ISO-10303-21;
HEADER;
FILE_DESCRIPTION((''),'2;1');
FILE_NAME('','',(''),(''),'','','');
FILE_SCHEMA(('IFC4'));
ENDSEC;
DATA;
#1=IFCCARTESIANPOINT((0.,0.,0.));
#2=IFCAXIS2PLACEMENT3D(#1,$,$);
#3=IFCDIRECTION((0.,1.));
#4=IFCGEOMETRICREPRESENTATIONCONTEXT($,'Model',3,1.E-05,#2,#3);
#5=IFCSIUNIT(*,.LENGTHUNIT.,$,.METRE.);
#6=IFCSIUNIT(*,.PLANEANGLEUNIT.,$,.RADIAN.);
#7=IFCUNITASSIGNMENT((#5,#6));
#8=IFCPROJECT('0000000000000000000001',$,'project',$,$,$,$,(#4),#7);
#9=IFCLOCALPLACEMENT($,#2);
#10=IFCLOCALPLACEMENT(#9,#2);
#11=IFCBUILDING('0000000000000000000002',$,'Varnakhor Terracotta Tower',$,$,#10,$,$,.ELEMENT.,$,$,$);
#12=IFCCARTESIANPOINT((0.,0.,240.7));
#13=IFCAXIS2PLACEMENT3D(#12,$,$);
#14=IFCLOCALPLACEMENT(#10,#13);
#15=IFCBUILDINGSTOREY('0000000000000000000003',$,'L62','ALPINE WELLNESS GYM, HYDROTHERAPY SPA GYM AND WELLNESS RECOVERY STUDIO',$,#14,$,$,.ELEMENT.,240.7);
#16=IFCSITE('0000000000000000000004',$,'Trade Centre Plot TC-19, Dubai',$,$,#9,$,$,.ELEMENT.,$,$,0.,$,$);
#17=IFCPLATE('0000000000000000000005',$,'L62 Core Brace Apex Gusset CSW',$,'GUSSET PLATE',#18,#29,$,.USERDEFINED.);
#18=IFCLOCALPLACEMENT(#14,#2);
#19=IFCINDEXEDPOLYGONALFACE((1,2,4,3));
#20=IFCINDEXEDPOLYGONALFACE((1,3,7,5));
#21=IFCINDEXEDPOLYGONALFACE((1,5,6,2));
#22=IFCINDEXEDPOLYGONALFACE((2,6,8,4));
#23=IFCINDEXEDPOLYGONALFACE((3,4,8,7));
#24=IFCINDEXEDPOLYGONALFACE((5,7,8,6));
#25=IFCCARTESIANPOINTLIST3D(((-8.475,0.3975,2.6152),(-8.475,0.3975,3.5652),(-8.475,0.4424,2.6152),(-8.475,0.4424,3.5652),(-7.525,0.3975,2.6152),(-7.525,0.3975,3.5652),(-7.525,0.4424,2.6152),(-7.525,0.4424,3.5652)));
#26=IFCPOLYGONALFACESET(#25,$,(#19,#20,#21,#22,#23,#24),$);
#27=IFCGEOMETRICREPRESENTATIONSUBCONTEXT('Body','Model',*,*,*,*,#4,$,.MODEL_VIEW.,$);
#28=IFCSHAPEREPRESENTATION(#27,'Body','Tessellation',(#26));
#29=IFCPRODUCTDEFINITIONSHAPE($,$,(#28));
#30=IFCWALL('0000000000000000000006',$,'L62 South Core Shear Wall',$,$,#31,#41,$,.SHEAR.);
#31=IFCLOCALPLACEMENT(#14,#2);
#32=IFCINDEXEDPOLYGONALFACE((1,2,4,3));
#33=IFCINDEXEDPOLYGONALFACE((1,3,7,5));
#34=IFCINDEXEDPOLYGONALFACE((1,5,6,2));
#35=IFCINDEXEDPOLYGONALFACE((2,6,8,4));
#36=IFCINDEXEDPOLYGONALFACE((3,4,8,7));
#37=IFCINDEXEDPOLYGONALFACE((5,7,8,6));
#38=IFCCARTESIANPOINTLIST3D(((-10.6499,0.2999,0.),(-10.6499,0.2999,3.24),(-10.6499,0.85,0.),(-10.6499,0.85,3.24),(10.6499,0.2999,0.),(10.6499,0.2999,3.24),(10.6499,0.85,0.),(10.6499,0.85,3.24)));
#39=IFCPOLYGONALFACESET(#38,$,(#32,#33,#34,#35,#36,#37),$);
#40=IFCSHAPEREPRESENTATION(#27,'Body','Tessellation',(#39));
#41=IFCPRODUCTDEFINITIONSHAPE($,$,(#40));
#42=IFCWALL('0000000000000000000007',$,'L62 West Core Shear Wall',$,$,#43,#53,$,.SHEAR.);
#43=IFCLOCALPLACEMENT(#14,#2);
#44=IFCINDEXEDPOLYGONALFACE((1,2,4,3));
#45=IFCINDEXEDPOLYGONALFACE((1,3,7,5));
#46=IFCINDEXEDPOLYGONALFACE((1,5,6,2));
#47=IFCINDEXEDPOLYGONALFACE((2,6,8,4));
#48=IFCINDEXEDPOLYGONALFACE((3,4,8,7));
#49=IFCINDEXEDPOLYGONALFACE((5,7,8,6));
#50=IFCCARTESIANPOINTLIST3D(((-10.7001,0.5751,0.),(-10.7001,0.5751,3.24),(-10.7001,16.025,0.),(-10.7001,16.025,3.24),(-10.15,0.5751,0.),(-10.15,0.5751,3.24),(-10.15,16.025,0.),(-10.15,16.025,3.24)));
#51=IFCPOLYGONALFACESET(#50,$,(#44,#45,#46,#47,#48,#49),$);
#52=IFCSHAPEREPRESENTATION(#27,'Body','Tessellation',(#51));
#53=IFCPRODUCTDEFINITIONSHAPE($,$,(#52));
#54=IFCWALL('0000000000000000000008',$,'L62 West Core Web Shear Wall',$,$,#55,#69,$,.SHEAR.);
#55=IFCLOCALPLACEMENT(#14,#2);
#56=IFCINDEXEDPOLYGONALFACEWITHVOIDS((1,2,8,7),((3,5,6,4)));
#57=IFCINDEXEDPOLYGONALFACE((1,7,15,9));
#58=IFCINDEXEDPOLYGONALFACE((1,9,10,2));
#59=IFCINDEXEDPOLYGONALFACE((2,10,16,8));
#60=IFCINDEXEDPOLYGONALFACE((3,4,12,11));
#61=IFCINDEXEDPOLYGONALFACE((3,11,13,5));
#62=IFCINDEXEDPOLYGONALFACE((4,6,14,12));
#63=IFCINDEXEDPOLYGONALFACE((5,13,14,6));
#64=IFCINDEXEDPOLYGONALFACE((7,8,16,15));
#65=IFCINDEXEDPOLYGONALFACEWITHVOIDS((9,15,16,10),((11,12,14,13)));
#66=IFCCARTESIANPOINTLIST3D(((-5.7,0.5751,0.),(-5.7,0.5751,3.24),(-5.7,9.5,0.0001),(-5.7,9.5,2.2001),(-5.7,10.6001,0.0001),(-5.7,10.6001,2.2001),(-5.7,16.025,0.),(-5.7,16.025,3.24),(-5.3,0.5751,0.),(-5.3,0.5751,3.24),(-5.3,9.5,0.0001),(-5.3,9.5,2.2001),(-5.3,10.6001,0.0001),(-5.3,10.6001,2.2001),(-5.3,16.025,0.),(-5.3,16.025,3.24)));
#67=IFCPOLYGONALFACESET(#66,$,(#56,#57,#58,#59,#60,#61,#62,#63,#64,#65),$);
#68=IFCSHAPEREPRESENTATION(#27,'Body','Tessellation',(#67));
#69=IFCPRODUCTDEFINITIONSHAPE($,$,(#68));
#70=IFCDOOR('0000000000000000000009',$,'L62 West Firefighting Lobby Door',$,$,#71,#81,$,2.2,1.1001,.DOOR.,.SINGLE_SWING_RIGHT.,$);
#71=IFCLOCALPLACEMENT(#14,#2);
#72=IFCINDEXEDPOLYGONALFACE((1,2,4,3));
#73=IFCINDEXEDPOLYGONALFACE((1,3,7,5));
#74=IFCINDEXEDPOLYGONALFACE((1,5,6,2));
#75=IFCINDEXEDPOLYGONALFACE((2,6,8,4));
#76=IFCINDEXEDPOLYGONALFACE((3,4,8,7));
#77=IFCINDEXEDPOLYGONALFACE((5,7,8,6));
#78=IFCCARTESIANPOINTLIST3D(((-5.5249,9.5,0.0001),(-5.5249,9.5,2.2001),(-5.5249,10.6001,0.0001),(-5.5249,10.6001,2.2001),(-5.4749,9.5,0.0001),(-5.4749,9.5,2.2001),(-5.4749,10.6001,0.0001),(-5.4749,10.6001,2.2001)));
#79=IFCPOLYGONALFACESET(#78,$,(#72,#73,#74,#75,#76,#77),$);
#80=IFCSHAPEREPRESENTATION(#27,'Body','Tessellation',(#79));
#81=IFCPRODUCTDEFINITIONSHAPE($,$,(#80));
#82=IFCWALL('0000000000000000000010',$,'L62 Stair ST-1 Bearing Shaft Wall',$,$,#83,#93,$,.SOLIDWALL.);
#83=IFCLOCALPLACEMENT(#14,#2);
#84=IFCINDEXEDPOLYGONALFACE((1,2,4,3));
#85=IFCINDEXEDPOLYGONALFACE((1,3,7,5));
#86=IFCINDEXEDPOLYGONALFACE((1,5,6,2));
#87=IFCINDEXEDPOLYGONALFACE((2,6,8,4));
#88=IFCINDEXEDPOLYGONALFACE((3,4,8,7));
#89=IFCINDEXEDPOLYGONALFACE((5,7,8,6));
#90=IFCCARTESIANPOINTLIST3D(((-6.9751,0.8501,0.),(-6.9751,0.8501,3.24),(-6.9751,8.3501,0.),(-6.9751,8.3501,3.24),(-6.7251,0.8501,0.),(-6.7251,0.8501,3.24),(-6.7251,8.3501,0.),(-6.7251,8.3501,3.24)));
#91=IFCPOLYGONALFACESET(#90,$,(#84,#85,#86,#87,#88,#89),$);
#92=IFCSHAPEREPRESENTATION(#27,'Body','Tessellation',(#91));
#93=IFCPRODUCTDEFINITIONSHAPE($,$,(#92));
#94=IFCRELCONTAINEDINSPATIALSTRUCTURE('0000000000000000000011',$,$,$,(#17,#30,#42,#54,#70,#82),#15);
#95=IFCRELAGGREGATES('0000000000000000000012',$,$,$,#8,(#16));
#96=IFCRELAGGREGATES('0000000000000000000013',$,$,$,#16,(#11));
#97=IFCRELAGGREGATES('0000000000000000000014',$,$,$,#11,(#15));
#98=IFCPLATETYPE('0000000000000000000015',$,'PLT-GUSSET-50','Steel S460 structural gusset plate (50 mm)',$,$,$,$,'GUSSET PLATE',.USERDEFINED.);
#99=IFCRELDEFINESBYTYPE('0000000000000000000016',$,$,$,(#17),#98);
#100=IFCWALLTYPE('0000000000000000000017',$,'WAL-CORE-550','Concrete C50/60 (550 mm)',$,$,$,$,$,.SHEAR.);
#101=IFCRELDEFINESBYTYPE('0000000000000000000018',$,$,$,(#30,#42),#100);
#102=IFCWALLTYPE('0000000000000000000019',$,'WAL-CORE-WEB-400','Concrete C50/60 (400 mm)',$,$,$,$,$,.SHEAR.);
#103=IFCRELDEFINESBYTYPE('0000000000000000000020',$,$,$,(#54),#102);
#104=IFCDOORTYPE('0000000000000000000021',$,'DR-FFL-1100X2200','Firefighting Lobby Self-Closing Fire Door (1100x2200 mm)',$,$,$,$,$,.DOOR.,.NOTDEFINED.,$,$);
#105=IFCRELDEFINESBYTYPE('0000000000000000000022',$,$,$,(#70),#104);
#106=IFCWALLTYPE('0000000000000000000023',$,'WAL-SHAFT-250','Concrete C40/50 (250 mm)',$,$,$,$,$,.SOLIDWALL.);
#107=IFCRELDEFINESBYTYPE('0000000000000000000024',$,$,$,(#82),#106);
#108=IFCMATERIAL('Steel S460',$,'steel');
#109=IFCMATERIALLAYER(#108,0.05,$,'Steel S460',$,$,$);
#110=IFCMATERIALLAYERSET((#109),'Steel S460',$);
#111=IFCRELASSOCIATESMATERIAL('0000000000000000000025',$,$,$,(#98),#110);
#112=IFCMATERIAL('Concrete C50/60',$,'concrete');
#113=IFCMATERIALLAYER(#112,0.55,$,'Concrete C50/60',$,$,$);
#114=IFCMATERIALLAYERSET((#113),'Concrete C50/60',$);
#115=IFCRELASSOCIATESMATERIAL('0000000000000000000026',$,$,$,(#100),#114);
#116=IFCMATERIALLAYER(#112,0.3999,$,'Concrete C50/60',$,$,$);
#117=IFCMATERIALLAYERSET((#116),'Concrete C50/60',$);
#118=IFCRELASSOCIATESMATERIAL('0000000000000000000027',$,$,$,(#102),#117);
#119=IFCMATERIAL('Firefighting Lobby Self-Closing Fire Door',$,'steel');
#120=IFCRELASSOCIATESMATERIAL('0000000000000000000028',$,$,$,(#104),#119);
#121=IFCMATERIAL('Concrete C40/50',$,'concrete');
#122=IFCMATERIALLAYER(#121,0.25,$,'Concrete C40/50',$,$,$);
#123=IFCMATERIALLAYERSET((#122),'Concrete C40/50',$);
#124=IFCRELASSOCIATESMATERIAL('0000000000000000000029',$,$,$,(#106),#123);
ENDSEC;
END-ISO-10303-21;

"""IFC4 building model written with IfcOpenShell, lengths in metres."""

from ifc_helpers import new_model, si_unit, direction, frame, frame_2d, origin, origin_2d, place, context, subcontext, project, spatial, rectangle, extrude, source, transform, mapped, material, layer, layer_set, type_object, type_shapes, element, fill, save


model = new_model("IFC4")

# Units and contexts
model_context = context("Model", 3, precision=1e-05, world=origin(), true_north=direction((0.0, 1.0)))
body_context = subcontext(model_context, "Body", "Model", "MODEL_VIEW")
ifc_project = project(units=[si_unit("LENGTHUNIT", "METRE"), si_unit("PLANEANGLEUNIT", "RADIAN")], contexts=[model_context])

# Site, building, storey
site_placement = place(None, origin())
site = spatial("IfcSite", under=ifc_project, at=site_placement, Name="Trade Centre Plot TC-19, Dubai", CompositionType="ELEMENT", RefElevation=0.0)
building_placement = place(site_placement, origin())
building = spatial("IfcBuilding", under=site, at=building_placement, Name="Varnakhor Terracotta Tower", CompositionType="ELEMENT")
storey_placement = place(building_placement, frame((0.0, 0.0, 240.7)))
storey = spatial("IfcBuildingStorey", under=building, at=storey_placement, Name="L62", Description="ALPINE WELLNESS GYM, HYDROTHERAPY SPA GYM AND WELLNESS RECOVERY STUDIO", CompositionType="ELEMENT", Elevation=240.7)

# Shared definitions
ifc_material_1 = material(Name="Concrete C50/60", Category="concrete")

# Plate
ifc_material_2 = material(Name="Steel S460", Category="steel")
ifc_layer_1 = layer(ifc_material_2, 0.05, Name="Steel S460")
ifc_layer_set_1 = layer_set([ifc_layer_1], Name="Steel S460")
plate_type = type_object("IfcPlateType", Name="PLT-GUSSET-50", Description="Steel S460 structural gusset plate (50 mm)", ElementType="GUSSET PLATE", PredefinedType="USERDEFINED", material=ifc_layer_set_1)
shared_shape_1 = source(origin(), body_context, "Body", "SweptSolid", [
    extrude(rectangle(XDim=0.95, YDim=0.0449, at=origin_2d()), origin(), (0.0, 0.0, 1.0), 0.95),
])
plate_placement = place(storey_placement, frame((-8.0, 0.4199, 2.6152), z_axis=(0.0, 0.0, 1.0), x_axis=(1.0, 0.0, 0.0)))
element("IfcPlate", 1, at=plate_placement, inside=storey, type_object=plate_type, Name="L62 Core Brace Apex Gusset CSW", ObjectType="GUSSET PLATE", PredefinedType="USERDEFINED", context=body_context, shape_type="MappedRepresentation", body=[
    mapped(shared_shape_1, transform((0.0, 0.0, 0.0), scale=1.0)),
])

# Walls
ifc_layer_2 = layer(ifc_material_1, 0.55, Name="Concrete C50/60")
ifc_layer_set_2 = layer_set([ifc_layer_2], Name="Concrete C50/60")
wall_type_1 = type_object("IfcWallType", Name="WAL-CORE-550", Description="Concrete C50/60 (550 mm)", PredefinedType="SHEAR", material=ifc_layer_set_2)
wall_1_placement = place(storey_placement, frame((-10.6499, 0.575, 0.0), z_axis=(0.0, 0.0, 1.0), x_axis=(1.0, 0.0, 0.0)))
element("IfcWall", 2, at=wall_1_placement, inside=storey, type_object=wall_type_1, Name="L62 South Core Shear Wall", PredefinedType="SHEAR", context=body_context, shape_type="SweptSolid", body=[
    extrude(rectangle(XDim=21.2998, YDim=0.55, at=frame_2d((10.6499, 0.0))), origin(), (0.0, 0.0, 1.0), 3.24),
])
wall_2_placement = place(storey_placement, frame((-10.425, 0.575, 0.0), z_axis=(0.0, 0.0, 1.0), x_axis=(0.0, 1.0, 0.0)))
element("IfcWall", 3, at=wall_2_placement, inside=storey, type_object=wall_type_1, Name="L62 West Core Shear Wall", PredefinedType="SHEAR", context=body_context, shape_type="SweptSolid", body=[
    extrude(rectangle(XDim=15.45, YDim=0.55, at=frame_2d((7.7251, 0.0))), origin(), (0.0, 0.0, 1.0), 3.24),
])

# Wall, opening, door
ifc_layer_3 = layer(ifc_material_1, 0.3999, Name="Concrete C50/60")
ifc_layer_set_3 = layer_set([ifc_layer_3], Name="Concrete C50/60")
wall_type_2 = type_object("IfcWallType", Name="WAL-CORE-WEB-400", Description="Concrete C50/60 (400 mm)", PredefinedType="SHEAR", material=ifc_layer_set_3)
wall_3_placement = place(storey_placement, frame((-5.5, 0.575, 0.0), z_axis=(0.0, 0.0, 1.0), x_axis=(0.0, 1.0, 0.0)))
wall_3 = element("IfcWall", 4, at=wall_3_placement, inside=storey, type_object=wall_type_2, Name="L62 West Core Web Shear Wall", PredefinedType="SHEAR", context=body_context, shape_type="SweptSolid", body=[
    extrude(rectangle(XDim=15.45, YDim=0.3999, at=frame_2d((7.7251, 0.0))), origin(), (0.0, 0.0, 1.0), 3.24),
])
opening_placement = place(wall_3_placement, frame((8.925, 0.0, 0.0)))
opening = element("IfcOpeningElement", 5, at=opening_placement, cuts=wall_3, PredefinedType="OPENING", context=body_context, shape_type="SweptSolid", body=[
    extrude(rectangle(XDim=1.1001, YDim=2.2, at=frame_2d((0.55, 1.1001))), frame((0.0, 0.21, 0.0), z_axis=(0.0, -1.0, 0.0), x_axis=(1.0, 0.0, 0.0)), (0.0, 0.0, 1.0), 0.4199),
])
ifc_material_3 = material(Name="Firefighting Lobby Self-Closing Fire Door", Category="steel")
door_type = type_object("IfcDoorType", Name="DR-FFL-1100X2200", Description="Firefighting Lobby Self-Closing Fire Door (1100x2200 mm)", OperationType="NOTDEFINED", PredefinedType="DOOR", material=ifc_material_3)
shared_shape_2 = source(origin(), body_context, "Body", "SweptSolid", [
    extrude(rectangle(XDim=1.1001, YDim=2.2, at=frame_2d((0.55, 1.1001))), frame((0.0, 0.0249, 0.0), z_axis=(0.0, -1.0, 0.0), x_axis=(1.0, 0.0, 0.0)), (0.0, 0.0, 1.0), 0.05),
])
type_shapes(door_type, [shared_shape_2])
door_placement = place(opening_placement, origin())
door = element("IfcDoor", 6, at=door_placement, inside=storey, type_object=door_type, Name="L62 West Firefighting Lobby Door", OperationType="SINGLE_SWING_RIGHT", OverallHeight=2.2, OverallWidth=1.1001, PredefinedType="DOOR", context=body_context, shape_type="MappedRepresentation", body=[
    mapped(shared_shape_2, transform((0.0, 0.0, 0.0), scale=1.0)),
])
fill(opening, door)

# Wall
ifc_material_4 = material(Name="Concrete C40/50", Category="concrete")
ifc_layer_4 = layer(ifc_material_4, 0.25, Name="Concrete C40/50")
ifc_layer_set_4 = layer_set([ifc_layer_4], Name="Concrete C40/50")
wall_type_3 = type_object("IfcWallType", Name="WAL-SHAFT-250", Description="Concrete C40/50 (250 mm)", PredefinedType="SOLIDWALL", material=ifc_layer_set_4)
wall_4_placement = place(storey_placement, frame((-6.8501, 0.8501, 0.0), z_axis=(0.0, 0.0, 1.0), x_axis=(0.0, 1.0, 0.0)))
element("IfcWall", 7, at=wall_4_placement, inside=storey, type_object=wall_type_3, Name="L62 Stair ST-1 Bearing Shaft Wall", PredefinedType="SOLIDWALL", context=body_context, shape_type="SweptSolid", body=[
    extrude(rectangle(XDim=7.5, YDim=0.25, at=frame_2d((3.75, 0.0))), origin(), (0.0, 0.0, 1.0), 3.24),
])

save(model, "model.ifc")
